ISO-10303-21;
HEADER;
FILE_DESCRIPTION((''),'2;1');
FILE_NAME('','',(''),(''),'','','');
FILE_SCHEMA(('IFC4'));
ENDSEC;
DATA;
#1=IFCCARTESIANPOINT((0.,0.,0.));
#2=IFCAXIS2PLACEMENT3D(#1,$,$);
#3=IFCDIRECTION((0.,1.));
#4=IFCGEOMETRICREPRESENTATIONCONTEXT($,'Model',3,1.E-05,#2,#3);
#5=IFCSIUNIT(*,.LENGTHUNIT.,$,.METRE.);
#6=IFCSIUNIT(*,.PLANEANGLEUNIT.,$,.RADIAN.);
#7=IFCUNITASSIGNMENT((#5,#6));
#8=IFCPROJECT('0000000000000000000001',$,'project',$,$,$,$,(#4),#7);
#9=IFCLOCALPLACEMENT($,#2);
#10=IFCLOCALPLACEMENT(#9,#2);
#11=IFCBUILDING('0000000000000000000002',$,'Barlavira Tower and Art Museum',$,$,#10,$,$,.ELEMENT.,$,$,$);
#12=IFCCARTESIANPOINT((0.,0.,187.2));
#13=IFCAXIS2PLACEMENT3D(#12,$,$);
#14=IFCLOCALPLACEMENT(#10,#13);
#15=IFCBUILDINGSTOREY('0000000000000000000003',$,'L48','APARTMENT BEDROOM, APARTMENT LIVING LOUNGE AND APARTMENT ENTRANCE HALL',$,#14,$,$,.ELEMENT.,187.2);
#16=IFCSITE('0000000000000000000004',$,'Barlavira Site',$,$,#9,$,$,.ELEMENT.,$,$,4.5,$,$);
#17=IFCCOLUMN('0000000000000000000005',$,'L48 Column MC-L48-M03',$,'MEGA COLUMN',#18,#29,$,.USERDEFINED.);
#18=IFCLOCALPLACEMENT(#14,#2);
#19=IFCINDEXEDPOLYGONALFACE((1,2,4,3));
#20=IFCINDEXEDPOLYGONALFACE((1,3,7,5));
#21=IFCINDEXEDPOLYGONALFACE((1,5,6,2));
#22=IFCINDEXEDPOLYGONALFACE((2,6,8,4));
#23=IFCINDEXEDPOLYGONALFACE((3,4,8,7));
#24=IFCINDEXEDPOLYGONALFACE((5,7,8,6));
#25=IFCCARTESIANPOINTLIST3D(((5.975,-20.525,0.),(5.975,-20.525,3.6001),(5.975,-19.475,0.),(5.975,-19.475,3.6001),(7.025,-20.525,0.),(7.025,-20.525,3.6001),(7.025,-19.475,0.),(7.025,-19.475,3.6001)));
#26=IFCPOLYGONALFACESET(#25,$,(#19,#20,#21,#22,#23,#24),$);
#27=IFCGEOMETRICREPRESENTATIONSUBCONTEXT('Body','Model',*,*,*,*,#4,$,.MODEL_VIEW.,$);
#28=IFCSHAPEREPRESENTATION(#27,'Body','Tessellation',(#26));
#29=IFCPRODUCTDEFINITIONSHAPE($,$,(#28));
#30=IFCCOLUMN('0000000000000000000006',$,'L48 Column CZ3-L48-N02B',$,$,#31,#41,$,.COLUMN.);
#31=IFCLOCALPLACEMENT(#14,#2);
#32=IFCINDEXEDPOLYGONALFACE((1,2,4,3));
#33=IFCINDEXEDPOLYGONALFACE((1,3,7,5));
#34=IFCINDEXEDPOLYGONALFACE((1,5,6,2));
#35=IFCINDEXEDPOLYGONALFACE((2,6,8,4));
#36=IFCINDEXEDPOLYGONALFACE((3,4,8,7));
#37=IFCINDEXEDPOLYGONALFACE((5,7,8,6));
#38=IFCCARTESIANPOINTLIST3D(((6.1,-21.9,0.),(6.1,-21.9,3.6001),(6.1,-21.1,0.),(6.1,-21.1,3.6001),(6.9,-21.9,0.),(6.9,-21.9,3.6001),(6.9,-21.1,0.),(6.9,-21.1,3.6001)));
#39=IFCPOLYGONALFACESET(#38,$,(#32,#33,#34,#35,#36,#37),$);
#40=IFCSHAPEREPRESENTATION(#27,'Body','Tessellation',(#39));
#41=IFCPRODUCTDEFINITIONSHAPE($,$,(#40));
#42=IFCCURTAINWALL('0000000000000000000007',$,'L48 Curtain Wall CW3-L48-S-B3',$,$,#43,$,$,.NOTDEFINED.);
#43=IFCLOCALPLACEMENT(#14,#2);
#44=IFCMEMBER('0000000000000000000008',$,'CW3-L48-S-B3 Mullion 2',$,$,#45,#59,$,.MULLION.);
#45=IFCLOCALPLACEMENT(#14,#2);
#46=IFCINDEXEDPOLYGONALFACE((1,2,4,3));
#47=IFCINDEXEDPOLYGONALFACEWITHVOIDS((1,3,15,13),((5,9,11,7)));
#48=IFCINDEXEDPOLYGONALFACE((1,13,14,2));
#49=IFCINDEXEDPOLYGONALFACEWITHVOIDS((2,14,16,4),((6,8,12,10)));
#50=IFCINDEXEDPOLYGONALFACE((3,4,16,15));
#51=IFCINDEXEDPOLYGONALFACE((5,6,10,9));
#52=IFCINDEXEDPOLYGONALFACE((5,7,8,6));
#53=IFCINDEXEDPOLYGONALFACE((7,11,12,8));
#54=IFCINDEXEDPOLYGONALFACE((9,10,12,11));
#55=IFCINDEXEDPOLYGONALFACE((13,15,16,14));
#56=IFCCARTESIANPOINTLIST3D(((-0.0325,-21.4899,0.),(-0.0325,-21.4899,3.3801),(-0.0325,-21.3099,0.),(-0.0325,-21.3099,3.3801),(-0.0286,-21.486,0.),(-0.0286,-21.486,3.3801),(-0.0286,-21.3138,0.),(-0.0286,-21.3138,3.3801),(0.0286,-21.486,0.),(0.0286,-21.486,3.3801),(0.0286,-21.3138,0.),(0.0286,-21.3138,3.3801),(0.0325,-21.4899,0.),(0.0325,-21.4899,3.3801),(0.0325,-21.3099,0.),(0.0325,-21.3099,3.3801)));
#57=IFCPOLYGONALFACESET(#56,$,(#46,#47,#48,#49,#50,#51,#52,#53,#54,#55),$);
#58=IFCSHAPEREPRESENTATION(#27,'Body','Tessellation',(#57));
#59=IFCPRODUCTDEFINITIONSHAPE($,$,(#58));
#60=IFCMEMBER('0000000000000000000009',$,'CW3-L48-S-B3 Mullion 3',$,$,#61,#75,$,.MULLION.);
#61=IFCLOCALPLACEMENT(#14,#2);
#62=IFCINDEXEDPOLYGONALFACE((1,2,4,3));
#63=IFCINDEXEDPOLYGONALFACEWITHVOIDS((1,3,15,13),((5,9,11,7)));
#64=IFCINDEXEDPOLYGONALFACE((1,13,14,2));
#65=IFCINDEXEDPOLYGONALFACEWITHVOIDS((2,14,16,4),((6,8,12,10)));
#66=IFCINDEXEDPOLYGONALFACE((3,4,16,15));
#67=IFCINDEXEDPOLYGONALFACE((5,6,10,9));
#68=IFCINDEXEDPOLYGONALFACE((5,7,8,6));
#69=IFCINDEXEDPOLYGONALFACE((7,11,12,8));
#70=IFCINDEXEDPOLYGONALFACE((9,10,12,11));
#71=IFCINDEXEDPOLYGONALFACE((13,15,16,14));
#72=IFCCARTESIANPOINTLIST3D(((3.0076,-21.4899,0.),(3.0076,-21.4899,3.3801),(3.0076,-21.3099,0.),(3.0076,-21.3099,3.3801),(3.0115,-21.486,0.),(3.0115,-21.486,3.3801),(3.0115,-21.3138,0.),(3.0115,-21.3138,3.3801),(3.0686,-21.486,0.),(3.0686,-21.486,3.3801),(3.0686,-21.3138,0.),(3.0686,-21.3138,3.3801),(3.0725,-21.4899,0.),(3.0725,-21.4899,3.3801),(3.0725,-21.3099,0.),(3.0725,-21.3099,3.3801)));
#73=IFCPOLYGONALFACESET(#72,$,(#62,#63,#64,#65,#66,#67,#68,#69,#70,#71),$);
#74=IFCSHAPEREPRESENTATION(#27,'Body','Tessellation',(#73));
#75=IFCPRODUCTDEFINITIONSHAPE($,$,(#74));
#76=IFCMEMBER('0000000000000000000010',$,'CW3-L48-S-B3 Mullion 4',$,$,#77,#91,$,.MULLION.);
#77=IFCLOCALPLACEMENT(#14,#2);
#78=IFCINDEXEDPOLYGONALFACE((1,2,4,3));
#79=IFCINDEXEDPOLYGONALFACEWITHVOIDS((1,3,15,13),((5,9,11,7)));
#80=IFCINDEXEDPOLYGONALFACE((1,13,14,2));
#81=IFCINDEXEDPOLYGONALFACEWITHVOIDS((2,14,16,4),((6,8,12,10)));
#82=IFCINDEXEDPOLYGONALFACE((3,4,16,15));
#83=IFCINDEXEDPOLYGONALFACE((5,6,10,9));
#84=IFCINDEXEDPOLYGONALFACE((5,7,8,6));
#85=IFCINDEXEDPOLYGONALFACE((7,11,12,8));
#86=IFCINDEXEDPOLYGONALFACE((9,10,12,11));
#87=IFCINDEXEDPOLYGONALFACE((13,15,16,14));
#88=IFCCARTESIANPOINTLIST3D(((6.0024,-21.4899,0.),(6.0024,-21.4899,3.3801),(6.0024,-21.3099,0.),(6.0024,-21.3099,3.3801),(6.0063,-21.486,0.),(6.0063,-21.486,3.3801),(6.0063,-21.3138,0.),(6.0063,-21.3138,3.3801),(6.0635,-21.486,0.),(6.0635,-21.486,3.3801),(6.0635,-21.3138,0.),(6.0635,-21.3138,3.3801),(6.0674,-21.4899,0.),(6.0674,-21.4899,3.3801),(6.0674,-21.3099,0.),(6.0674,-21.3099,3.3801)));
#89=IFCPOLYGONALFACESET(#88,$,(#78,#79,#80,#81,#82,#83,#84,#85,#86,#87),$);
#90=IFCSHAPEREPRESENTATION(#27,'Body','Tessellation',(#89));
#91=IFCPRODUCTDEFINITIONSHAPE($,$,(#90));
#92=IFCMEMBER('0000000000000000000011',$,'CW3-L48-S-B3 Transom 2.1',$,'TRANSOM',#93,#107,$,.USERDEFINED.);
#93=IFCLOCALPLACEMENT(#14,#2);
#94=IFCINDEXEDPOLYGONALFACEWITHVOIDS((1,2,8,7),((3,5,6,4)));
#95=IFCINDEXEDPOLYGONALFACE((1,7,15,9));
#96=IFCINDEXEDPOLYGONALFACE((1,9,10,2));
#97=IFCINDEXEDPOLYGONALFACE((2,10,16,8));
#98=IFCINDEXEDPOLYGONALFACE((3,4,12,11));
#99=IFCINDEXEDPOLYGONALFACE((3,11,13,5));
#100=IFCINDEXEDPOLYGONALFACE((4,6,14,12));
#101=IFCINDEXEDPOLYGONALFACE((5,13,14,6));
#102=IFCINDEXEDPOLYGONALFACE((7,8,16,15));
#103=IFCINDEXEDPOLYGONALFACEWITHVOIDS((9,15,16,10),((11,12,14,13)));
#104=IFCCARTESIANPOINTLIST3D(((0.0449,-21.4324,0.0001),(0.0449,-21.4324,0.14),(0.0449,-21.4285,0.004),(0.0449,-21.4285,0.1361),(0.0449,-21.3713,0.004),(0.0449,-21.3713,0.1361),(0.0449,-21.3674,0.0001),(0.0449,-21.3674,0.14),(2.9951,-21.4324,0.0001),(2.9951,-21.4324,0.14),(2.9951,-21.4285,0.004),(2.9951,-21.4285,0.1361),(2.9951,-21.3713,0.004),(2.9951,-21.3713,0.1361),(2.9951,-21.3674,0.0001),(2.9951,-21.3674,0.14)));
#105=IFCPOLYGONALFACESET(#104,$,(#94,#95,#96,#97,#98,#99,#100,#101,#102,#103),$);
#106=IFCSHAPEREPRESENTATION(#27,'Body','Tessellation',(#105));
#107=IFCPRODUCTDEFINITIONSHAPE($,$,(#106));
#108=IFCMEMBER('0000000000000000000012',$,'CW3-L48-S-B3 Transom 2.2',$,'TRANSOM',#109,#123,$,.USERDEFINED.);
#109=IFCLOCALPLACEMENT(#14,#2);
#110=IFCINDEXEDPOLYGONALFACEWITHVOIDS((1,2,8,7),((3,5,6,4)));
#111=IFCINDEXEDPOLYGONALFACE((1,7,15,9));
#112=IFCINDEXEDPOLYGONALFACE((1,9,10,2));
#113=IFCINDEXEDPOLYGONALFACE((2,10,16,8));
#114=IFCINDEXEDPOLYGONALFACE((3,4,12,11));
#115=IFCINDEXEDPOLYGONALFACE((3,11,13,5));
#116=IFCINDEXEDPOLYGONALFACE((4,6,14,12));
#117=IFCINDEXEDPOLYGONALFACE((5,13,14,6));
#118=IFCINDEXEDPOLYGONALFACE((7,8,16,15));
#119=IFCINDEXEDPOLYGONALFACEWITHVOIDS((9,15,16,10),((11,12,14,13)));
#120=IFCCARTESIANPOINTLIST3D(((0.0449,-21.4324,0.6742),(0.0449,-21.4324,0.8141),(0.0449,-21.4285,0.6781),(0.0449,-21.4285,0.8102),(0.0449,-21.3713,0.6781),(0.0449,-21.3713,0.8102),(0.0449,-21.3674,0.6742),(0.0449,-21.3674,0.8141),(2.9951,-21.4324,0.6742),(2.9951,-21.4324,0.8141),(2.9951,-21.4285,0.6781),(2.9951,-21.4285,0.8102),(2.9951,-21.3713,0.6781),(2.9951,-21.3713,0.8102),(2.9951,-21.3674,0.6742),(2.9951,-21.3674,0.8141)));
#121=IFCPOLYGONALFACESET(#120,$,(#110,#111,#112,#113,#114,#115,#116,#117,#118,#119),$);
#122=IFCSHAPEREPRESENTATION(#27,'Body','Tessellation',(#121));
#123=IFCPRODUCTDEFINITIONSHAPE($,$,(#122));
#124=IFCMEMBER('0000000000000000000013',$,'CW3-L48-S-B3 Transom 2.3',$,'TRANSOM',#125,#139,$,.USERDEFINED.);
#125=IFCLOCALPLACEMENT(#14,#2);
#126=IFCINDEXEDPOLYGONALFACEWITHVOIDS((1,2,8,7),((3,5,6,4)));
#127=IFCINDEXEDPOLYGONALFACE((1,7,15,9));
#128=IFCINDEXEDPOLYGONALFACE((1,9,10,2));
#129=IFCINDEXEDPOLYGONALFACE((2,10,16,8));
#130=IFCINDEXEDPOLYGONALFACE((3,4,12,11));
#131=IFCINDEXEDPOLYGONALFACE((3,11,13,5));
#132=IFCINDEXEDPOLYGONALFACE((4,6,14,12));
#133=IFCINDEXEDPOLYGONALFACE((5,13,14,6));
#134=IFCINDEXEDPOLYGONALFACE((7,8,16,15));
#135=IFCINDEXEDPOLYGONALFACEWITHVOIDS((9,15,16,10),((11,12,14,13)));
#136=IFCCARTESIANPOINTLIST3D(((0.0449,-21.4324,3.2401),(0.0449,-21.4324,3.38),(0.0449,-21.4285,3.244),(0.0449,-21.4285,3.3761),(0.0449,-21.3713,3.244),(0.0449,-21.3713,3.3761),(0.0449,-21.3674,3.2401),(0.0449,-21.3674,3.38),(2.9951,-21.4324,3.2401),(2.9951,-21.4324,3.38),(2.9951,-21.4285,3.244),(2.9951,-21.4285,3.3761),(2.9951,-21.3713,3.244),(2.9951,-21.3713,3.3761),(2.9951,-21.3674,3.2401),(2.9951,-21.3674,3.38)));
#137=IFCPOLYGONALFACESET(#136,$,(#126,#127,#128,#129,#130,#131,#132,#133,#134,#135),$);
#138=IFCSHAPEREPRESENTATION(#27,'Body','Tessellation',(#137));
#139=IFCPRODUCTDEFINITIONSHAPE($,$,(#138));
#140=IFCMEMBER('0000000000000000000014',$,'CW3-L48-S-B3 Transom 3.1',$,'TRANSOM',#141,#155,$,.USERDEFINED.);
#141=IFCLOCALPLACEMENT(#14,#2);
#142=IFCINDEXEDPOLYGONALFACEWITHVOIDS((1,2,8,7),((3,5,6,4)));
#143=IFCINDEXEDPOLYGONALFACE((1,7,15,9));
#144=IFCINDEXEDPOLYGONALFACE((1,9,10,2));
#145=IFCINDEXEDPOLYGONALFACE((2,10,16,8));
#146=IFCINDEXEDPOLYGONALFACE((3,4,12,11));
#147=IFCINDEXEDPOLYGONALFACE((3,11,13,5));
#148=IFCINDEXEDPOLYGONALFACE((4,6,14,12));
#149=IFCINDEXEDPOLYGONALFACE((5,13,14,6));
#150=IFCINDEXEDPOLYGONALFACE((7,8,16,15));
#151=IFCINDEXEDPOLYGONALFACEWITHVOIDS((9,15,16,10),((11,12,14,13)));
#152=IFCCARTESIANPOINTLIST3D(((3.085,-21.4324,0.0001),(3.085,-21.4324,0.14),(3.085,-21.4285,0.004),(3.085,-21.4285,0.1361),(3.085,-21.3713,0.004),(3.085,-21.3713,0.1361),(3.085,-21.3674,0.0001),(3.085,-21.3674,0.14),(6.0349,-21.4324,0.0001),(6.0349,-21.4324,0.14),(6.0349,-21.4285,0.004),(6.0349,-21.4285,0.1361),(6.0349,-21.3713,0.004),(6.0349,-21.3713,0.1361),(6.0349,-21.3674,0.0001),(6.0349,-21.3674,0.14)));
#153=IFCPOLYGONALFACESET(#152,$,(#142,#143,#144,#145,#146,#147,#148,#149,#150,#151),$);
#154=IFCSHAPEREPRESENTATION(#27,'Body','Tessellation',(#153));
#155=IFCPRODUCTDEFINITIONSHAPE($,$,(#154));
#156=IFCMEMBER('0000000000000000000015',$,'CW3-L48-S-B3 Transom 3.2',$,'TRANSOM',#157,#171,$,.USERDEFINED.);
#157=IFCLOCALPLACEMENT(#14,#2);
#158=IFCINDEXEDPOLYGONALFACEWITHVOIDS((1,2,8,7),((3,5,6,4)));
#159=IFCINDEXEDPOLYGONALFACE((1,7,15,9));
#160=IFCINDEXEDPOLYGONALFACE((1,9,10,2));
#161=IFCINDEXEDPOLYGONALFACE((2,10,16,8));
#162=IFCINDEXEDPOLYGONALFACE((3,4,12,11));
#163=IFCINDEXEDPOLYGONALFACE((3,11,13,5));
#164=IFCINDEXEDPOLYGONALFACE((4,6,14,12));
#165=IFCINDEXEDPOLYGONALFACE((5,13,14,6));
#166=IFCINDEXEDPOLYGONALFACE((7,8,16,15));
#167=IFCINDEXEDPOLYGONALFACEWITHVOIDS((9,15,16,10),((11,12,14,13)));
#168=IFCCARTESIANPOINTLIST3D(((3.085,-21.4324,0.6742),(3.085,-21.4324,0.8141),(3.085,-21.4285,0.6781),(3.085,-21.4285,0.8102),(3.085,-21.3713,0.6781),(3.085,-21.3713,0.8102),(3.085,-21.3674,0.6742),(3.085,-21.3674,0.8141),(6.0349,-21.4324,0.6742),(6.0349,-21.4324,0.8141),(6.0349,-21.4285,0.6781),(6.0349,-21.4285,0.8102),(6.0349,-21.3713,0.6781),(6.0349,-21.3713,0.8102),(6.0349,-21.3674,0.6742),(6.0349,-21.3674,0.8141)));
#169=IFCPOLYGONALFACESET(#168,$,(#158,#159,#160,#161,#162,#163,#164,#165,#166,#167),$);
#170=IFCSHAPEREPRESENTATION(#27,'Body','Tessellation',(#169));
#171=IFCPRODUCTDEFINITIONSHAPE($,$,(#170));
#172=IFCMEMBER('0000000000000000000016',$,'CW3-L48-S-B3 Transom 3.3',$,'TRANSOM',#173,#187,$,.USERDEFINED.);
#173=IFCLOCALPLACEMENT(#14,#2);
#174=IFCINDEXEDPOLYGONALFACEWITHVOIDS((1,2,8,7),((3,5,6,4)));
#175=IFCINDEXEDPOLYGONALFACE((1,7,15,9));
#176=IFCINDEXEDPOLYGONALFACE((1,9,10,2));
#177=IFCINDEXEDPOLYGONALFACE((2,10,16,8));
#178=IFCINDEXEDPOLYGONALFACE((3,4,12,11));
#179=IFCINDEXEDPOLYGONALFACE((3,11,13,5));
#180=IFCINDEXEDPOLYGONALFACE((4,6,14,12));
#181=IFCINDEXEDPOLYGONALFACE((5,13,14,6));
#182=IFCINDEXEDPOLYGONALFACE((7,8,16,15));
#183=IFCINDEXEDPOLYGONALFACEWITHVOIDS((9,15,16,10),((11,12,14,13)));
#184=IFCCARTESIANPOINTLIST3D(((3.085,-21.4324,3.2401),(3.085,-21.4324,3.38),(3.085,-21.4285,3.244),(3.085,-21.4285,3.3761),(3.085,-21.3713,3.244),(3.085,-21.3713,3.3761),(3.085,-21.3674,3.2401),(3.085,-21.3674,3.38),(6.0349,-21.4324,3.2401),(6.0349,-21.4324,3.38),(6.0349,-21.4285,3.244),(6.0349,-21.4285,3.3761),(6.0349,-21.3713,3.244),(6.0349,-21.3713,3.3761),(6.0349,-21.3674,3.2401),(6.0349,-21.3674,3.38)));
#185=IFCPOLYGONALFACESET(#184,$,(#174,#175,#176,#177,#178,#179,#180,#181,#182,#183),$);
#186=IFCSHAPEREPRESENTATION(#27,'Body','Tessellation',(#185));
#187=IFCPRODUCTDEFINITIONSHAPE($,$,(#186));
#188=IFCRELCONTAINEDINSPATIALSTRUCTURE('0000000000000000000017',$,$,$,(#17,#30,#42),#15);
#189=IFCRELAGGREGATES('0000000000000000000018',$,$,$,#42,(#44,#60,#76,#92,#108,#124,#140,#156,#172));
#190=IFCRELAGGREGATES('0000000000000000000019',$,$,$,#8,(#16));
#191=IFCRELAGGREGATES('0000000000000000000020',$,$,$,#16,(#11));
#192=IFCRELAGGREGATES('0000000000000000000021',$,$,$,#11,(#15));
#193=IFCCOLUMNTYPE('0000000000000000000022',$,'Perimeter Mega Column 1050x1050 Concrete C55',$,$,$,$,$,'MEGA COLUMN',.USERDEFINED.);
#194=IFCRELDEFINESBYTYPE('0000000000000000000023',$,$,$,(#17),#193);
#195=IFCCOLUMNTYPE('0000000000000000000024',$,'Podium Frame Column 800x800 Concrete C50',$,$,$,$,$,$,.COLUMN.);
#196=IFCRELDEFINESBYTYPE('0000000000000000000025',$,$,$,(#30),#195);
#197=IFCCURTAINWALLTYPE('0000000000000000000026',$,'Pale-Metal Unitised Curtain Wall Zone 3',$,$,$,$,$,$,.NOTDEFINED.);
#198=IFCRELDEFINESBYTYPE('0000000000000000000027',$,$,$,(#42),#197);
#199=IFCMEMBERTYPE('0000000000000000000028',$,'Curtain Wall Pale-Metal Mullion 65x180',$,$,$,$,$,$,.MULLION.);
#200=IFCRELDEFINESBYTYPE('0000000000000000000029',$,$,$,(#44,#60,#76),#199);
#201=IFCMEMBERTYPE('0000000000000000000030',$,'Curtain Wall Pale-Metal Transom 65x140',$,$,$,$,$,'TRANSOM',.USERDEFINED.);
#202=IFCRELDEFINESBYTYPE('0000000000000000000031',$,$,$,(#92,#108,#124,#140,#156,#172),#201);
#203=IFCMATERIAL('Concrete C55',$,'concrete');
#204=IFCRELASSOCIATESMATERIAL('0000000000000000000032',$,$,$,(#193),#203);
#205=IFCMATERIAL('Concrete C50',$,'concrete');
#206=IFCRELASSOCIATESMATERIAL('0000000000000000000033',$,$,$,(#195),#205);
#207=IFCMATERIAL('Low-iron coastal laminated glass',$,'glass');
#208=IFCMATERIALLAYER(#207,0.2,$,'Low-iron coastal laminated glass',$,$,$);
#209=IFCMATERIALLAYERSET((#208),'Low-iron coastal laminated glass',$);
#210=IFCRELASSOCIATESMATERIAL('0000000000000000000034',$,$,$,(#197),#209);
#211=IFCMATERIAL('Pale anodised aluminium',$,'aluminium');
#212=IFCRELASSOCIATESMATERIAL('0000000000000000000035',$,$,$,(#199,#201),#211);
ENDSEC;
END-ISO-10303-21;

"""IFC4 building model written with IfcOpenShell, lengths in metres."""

from ifc_helpers import new_model, si_unit, direction, frame, origin, origin_2d, place, context, subcontext, project, spatial, rectangle, hollow_rectangle, extrude, material, layer, layer_set, material_profile, profile_set, type_object, element, aggregate, save


model = new_model("IFC4")

# Units and contexts
model_context = context("Model", 3, precision=1e-05, world=origin(), true_north=direction((0.0, 1.0)))
body_context = subcontext(model_context, "Body", "Model", "MODEL_VIEW")
ifc_project = project(units=[si_unit("LENGTHUNIT", "METRE"), si_unit("PLANEANGLEUNIT", "RADIAN")], contexts=[model_context])

# Site, building, storey
site_placement = place(None, origin())
site = spatial("IfcSite", under=ifc_project, at=site_placement, Name="Barlavira Site", CompositionType="ELEMENT", RefElevation=4.5)
building_placement = place(site_placement, origin())
building = spatial("IfcBuilding", under=site, at=building_placement, Name="Barlavira Tower and Art Museum", CompositionType="ELEMENT")
storey_placement = place(building_placement, frame((0.0, 0.0, 187.2)))
storey = spatial("IfcBuildingStorey", under=building, at=storey_placement, Name="L48", Description="APARTMENT BEDROOM, APARTMENT LIVING LOUNGE AND APARTMENT ENTRANCE HALL", CompositionType="ELEMENT", Elevation=187.2)

# Columns
ifc_material_1 = material(Name="Concrete C55", Category="concrete")
ifc_material_profile_1 = material_profile(ifc_material_1, rectangle(XDim=1.05, YDim=1.05, at=origin_2d()), Name="RC-COL 1050x1050")
ifc_profile_set_1 = profile_set([ifc_material_profile_1], Name="Concrete C55")
column_type_1 = type_object("IfcColumnType", Name="Perimeter Mega Column 1050x1050 Concrete C55", ElementType="MEGA COLUMN", PredefinedType="USERDEFINED", material=ifc_profile_set_1)
column_1_placement = place(storey_placement, frame((6.5, -20.0, 0.0), z_axis=(0.0, 0.0, 1.0), x_axis=(1.0, 0.0, 0.0)))
element("IfcColumn", 1, at=column_1_placement, inside=storey, type_object=column_type_1, Name="L48 Column MC-L48-M03", ObjectType="MEGA COLUMN", PredefinedType="USERDEFINED", context=body_context, shape_type="SweptSolid", body=[
    extrude(rectangle(XDim=1.05, YDim=1.05, at=origin_2d()), origin(), (0.0, 0.0, 1.0), 3.6001),
])
ifc_material_2 = material(Name="Concrete C50", Category="concrete")
ifc_material_profile_2 = material_profile(ifc_material_2, rectangle(XDim=0.8, YDim=0.8, at=origin_2d()), Name="RC-COL 800x800")
ifc_profile_set_2 = profile_set([ifc_material_profile_2], Name="Concrete C50")
column_type_2 = type_object("IfcColumnType", Name="Podium Frame Column 800x800 Concrete C50", PredefinedType="COLUMN", material=ifc_profile_set_2)
column_2_placement = place(storey_placement, frame((6.5, -21.5, 0.0), z_axis=(0.0, 0.0, 1.0), x_axis=(1.0, 0.0, 0.0)))
element("IfcColumn", 2, at=column_2_placement, inside=storey, type_object=column_type_2, Name="L48 Column CZ3-L48-N02B", PredefinedType="COLUMN", context=body_context, shape_type="SweptSolid", body=[
    extrude(rectangle(XDim=0.8, YDim=0.8, at=origin_2d()), origin(), (0.0, 0.0, 1.0), 3.6001),
])

# Curtain wall, members
ifc_material_3 = material(Name="Low-iron coastal laminated glass", Category="glass")
ifc_layer_1 = layer(ifc_material_3, 0.2, Name="Low-iron coastal laminated glass")
ifc_layer_set_1 = layer_set([ifc_layer_1], Name="Low-iron coastal laminated glass")
curtain_wall_type = type_object("IfcCurtainWallType", Name="Pale-Metal Unitised Curtain Wall Zone 3", PredefinedType="NOTDEFINED", material=ifc_layer_set_1)
curtain_wall_placement = place(storey_placement, origin())
curtain_wall = element("IfcCurtainWall", 3, at=curtain_wall_placement, inside=storey, type_object=curtain_wall_type, Name="L48 Curtain Wall CW3-L48-S-B3", PredefinedType="NOTDEFINED")
ifc_material_4 = material(Name="Pale anodised aluminium", Category="aluminium")
ifc_material_profile_3 = material_profile(ifc_material_4, hollow_rectangle(XDim=0.0649, YDim=0.1799, WallThickness=0.0039, at=origin_2d()), Name="ALU-MULL 65x180x4")
ifc_profile_set_3 = profile_set([ifc_material_profile_3], Name="Pale anodised aluminium")
member_type_1 = type_object("IfcMemberType", Name="Curtain Wall Pale-Metal Mullion 65x180", PredefinedType="MULLION", material=ifc_profile_set_3)
member_1_placement = place(storey_placement, frame((0.0, -21.3999, 0.0), z_axis=(0.0, 0.0, 1.0), x_axis=(1.0, 0.0, 0.0)))
member_1 = element("IfcMember", 4, at=member_1_placement, type_object=member_type_1, Name="CW3-L48-S-B3 Mullion 2", PredefinedType="MULLION", context=body_context, shape_type="SweptSolid", body=[
    extrude(hollow_rectangle(XDim=0.0649, YDim=0.1799, WallThickness=0.0039, at=origin_2d()), origin(), (0.0, 0.0, 1.0), 3.3801),
])
member_2_placement = place(storey_placement, frame((3.04, -21.3999, 0.0), z_axis=(0.0, 0.0, 1.0), x_axis=(1.0, 0.0, 0.0)))
member_2 = element("IfcMember", 5, at=member_2_placement, type_object=member_type_1, Name="CW3-L48-S-B3 Mullion 3", PredefinedType="MULLION", context=body_context, shape_type="SweptSolid", body=[
    extrude(hollow_rectangle(XDim=0.0649, YDim=0.1799, WallThickness=0.0039, at=origin_2d()), origin(), (0.0, 0.0, 1.0), 3.3801),
])
member_3_placement = place(storey_placement, frame((6.0349, -21.3999, 0.0), z_axis=(0.0, 0.0, 1.0), x_axis=(1.0, 0.0, 0.0)))
member_3 = element("IfcMember", 6, at=member_3_placement, type_object=member_type_1, Name="CW3-L48-S-B3 Mullion 4", PredefinedType="MULLION", context=body_context, shape_type="SweptSolid", body=[
    extrude(hollow_rectangle(XDim=0.0649, YDim=0.1799, WallThickness=0.0039, at=origin_2d()), origin(), (0.0, 0.0, 1.0), 3.3801),
])
ifc_material_profile_4 = material_profile(ifc_material_4, hollow_rectangle(XDim=0.0649, YDim=0.1399, WallThickness=0.0039, at=origin_2d()), Name="ALU-TRAN 65x140x4")
ifc_profile_set_4 = profile_set([ifc_material_profile_4], Name="Pale anodised aluminium")
member_type_2 = type_object("IfcMemberType", Name="Curtain Wall Pale-Metal Transom 65x140", ElementType="TRANSOM", PredefinedType="USERDEFINED", material=ifc_profile_set_4)
member_4_placement = place(storey_placement, frame((0.0449, -21.3999, 0.0701), z_axis=(1.0, 0.0, 0.0), x_axis=(0.0, 1.0, 0.0)))
member_4 = element("IfcMember", 7, at=member_4_placement, type_object=member_type_2, Name="CW3-L48-S-B3 Transom 2.1", ObjectType="TRANSOM", PredefinedType="USERDEFINED", context=body_context, shape_type="SweptSolid", body=[
    extrude(hollow_rectangle(XDim=0.0649, YDim=0.1399, WallThickness=0.0039, at=origin_2d()), origin(), (0.0, 0.0, 1.0), 2.9502),
])
member_5_placement = place(storey_placement, frame((0.0449, -21.3999, 0.7441), z_axis=(1.0, 0.0, 0.0), x_axis=(0.0, 1.0, 0.0)))
member_5 = element("IfcMember", 8, at=member_5_placement, type_object=member_type_2, Name="CW3-L48-S-B3 Transom 2.2", ObjectType="TRANSOM", PredefinedType="USERDEFINED", context=body_context, shape_type="SweptSolid", body=[
    extrude(hollow_rectangle(XDim=0.0649, YDim=0.1399, WallThickness=0.0039, at=origin_2d()), origin(), (0.0, 0.0, 1.0), 2.9502),
])
member_6_placement = place(storey_placement, frame((0.0449, -21.3999, 3.3101), z_axis=(1.0, 0.0, 0.0), x_axis=(0.0, 1.0, 0.0)))
member_6 = element("IfcMember", 9, at=member_6_placement, type_object=member_type_2, Name="CW3-L48-S-B3 Transom 2.3", ObjectType="TRANSOM", PredefinedType="USERDEFINED", context=body_context, shape_type="SweptSolid", body=[
    extrude(hollow_rectangle(XDim=0.0649, YDim=0.1399, WallThickness=0.0039, at=origin_2d()), origin(), (0.0, 0.0, 1.0), 2.9502),
])
member_7_placement = place(storey_placement, frame((3.085, -21.3999, 0.0701), z_axis=(1.0, 0.0, 0.0), x_axis=(0.0, 1.0, 0.0)))
member_7 = element("IfcMember", 10, at=member_7_placement, type_object=member_type_2, Name="CW3-L48-S-B3 Transom 3.1", ObjectType="TRANSOM", PredefinedType="USERDEFINED", context=body_context, shape_type="SweptSolid", body=[
    extrude(hollow_rectangle(XDim=0.0649, YDim=0.1399, WallThickness=0.0039, at=origin_2d()), origin(), (0.0, 0.0, 1.0), 2.95),
])
member_8_placement = place(storey_placement, frame((3.085, -21.3999, 0.7441), z_axis=(1.0, 0.0, 0.0), x_axis=(0.0, 1.0, 0.0)))
member_8 = element("IfcMember", 11, at=member_8_placement, type_object=member_type_2, Name="CW3-L48-S-B3 Transom 3.2", ObjectType="TRANSOM", PredefinedType="USERDEFINED", context=body_context, shape_type="SweptSolid", body=[
    extrude(hollow_rectangle(XDim=0.0649, YDim=0.1399, WallThickness=0.0039, at=origin_2d()), origin(), (0.0, 0.0, 1.0), 2.95),
])
member_9_placement = place(storey_placement, frame((3.085, -21.3999, 3.3101), z_axis=(1.0, 0.0, 0.0), x_axis=(0.0, 1.0, 0.0)))
member_9 = element("IfcMember", 12, at=member_9_placement, type_object=member_type_2, Name="CW3-L48-S-B3 Transom 3.3", ObjectType="TRANSOM", PredefinedType="USERDEFINED", context=body_context, shape_type="SweptSolid", body=[
    extrude(hollow_rectangle(XDim=0.0649, YDim=0.1399, WallThickness=0.0039, at=origin_2d()), origin(), (0.0, 0.0, 1.0), 2.95),
])

aggregate(curtain_wall, [member_1, member_2, member_3, member_4, member_5, member_6, member_7, member_8, member_9])

save(model, "model.ifc")
